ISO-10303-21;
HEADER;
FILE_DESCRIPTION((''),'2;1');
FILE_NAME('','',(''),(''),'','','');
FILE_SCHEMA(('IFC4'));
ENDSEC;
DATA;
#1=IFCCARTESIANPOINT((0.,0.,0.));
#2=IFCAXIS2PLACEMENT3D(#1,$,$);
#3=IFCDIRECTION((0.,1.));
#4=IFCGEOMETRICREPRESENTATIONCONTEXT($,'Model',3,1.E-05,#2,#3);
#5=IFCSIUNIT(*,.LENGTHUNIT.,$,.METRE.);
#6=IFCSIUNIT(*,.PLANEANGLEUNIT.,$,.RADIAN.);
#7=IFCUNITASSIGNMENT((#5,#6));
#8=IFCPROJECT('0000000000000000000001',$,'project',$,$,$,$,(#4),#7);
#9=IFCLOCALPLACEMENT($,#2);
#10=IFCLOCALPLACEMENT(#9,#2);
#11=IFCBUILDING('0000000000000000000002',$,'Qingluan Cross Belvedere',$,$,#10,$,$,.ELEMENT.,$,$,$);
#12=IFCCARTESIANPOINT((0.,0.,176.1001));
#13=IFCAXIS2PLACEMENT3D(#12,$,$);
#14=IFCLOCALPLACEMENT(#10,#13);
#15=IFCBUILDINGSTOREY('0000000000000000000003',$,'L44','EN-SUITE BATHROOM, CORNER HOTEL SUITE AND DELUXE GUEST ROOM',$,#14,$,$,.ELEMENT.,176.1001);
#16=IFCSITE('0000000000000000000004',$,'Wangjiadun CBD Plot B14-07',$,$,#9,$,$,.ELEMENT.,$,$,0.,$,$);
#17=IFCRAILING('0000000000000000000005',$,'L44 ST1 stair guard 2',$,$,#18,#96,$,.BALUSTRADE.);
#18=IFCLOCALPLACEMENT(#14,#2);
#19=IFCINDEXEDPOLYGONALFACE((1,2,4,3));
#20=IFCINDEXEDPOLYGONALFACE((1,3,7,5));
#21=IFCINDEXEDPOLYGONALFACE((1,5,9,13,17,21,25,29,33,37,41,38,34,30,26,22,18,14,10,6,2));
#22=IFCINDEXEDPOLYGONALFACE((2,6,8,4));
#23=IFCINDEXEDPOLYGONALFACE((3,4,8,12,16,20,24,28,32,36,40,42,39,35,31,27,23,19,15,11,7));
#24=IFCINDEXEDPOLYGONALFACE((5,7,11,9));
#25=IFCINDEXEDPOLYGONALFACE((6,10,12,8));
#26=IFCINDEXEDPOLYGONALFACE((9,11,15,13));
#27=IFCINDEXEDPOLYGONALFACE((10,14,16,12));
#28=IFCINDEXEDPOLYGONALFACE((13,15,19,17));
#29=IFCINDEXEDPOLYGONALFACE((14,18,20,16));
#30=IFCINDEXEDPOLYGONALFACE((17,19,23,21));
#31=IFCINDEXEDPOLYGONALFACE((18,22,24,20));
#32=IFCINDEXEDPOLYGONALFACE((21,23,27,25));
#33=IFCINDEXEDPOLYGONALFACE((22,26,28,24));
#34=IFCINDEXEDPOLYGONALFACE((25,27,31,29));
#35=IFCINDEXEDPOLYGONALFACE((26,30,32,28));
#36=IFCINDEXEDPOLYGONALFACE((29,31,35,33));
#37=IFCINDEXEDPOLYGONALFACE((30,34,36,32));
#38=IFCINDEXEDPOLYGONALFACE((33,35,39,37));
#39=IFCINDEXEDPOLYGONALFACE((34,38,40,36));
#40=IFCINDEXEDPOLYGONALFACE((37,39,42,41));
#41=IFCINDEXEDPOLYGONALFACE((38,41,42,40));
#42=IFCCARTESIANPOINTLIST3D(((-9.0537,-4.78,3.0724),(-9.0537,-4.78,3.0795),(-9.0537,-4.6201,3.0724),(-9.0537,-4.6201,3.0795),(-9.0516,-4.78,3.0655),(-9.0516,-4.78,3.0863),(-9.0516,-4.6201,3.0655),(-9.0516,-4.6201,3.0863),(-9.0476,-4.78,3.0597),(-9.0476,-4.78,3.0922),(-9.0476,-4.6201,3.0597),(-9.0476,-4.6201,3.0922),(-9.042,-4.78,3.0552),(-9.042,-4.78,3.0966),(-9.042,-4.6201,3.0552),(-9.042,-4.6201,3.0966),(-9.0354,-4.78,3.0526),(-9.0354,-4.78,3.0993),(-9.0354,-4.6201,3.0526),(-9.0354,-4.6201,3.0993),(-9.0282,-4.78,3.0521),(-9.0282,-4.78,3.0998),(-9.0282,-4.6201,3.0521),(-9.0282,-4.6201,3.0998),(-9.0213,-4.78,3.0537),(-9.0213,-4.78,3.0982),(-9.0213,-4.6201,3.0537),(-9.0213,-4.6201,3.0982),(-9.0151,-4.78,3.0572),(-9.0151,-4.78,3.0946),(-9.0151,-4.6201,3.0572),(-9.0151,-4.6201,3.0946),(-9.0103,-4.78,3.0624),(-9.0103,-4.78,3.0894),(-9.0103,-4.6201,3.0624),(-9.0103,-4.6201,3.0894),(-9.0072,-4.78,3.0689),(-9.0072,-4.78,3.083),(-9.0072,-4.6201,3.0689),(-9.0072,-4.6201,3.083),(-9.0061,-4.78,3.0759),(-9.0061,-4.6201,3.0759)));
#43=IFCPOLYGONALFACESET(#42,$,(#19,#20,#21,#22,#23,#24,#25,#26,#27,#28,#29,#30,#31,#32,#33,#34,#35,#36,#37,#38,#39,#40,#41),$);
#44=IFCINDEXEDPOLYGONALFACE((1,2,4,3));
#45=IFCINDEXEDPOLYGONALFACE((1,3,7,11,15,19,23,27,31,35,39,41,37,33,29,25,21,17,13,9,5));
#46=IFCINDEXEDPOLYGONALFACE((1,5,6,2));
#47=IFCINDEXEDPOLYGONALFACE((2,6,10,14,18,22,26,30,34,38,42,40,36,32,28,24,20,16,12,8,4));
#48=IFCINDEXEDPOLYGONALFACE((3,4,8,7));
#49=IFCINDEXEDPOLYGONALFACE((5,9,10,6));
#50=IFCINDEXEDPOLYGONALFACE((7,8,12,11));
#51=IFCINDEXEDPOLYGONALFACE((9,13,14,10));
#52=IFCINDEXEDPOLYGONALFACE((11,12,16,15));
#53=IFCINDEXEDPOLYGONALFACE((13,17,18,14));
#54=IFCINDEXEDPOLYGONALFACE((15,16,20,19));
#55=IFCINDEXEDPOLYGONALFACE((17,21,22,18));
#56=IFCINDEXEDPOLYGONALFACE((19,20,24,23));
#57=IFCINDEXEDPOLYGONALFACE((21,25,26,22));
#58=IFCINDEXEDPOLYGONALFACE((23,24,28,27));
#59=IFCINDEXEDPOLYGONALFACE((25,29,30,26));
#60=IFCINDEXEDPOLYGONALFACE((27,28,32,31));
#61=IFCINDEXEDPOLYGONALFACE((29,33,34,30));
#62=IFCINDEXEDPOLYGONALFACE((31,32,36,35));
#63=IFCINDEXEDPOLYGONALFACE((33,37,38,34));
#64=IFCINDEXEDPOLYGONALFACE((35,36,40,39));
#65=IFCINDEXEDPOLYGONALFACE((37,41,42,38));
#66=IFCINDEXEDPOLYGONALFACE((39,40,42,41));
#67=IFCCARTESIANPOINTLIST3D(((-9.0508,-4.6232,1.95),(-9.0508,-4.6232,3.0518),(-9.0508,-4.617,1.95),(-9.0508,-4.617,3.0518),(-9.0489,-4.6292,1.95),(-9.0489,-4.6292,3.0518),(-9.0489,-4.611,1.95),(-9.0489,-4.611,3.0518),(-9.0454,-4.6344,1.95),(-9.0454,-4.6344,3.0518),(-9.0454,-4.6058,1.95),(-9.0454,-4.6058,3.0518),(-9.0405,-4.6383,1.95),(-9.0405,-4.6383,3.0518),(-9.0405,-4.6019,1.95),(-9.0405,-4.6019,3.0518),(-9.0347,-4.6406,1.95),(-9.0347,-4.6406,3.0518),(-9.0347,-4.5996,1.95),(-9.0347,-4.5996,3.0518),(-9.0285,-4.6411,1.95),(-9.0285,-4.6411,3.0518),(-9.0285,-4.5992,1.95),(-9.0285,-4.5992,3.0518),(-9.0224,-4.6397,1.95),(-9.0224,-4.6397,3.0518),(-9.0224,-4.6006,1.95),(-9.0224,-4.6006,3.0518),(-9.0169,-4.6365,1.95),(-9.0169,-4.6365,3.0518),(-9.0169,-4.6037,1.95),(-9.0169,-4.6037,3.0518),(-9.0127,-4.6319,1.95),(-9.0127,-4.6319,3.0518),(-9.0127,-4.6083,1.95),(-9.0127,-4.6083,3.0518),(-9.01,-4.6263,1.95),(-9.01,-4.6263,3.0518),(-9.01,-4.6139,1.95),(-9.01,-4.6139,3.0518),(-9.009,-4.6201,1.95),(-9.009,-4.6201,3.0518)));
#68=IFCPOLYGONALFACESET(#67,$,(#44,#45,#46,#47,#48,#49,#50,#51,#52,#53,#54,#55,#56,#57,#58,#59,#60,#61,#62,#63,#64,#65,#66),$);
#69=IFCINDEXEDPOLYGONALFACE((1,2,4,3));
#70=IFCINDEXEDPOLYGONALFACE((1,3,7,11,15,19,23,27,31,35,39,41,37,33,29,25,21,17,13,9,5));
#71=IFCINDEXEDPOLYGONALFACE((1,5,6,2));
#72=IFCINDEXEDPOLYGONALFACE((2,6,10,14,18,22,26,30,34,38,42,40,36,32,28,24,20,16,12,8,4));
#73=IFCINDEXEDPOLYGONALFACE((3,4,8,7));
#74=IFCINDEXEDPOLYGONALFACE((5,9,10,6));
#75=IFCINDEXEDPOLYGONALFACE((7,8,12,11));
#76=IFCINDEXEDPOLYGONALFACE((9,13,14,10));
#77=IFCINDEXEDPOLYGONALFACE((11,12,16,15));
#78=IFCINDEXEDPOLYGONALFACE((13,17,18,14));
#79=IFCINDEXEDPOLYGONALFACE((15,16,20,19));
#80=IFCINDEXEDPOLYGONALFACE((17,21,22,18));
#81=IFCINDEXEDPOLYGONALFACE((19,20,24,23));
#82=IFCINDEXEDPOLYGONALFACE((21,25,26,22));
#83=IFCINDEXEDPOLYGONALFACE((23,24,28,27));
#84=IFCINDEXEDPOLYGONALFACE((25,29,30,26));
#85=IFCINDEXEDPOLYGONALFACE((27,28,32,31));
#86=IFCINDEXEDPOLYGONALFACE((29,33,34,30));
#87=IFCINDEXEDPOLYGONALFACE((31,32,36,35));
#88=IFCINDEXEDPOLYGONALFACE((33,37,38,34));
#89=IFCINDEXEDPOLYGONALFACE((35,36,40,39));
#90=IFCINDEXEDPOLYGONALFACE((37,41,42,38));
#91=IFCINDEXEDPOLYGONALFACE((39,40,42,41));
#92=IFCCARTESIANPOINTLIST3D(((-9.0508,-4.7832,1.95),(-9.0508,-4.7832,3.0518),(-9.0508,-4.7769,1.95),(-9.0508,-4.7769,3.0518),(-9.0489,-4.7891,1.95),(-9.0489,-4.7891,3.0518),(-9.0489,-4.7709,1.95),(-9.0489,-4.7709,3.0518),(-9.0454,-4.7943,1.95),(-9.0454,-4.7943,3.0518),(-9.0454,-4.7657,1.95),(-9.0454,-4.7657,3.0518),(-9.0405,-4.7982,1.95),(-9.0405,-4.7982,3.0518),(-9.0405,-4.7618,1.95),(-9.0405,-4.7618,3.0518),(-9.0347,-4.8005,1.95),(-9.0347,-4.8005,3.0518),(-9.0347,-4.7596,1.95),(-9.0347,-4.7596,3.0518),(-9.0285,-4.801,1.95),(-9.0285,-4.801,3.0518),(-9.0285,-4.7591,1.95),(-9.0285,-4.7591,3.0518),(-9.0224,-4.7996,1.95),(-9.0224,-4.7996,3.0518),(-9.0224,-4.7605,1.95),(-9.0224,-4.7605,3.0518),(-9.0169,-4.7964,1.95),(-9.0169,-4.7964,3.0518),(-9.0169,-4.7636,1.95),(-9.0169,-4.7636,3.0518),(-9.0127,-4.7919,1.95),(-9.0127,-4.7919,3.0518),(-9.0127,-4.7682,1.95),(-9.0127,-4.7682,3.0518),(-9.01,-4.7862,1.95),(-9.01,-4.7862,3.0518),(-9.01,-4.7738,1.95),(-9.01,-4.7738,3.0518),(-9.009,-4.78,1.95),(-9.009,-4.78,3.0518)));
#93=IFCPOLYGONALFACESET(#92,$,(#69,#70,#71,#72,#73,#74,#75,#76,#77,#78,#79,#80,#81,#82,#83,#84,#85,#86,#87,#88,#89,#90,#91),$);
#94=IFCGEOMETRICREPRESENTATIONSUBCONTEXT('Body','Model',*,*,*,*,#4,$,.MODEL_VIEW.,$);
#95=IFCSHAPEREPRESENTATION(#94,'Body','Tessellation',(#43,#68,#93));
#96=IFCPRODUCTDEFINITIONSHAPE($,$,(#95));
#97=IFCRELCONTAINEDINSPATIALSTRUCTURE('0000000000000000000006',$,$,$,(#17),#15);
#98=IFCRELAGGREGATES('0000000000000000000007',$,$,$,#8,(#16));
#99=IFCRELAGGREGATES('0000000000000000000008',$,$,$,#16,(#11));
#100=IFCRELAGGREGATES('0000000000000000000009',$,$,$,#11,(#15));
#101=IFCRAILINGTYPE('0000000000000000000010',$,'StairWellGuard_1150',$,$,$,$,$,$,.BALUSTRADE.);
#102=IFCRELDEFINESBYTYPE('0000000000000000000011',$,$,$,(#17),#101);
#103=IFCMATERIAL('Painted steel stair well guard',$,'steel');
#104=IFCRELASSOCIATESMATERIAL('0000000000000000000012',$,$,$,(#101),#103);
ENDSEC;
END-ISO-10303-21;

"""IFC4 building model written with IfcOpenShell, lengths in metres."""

from ifc_helpers import new_model, si_unit, direction, frame, origin, origin_2d, place, context, subcontext, project, spatial, circle, extrude, material, type_object, element, save


model = new_model("IFC4")

# Units and contexts
model_context = context("Model", 3, precision=1e-05, world=origin(), true_north=direction((0.0, 1.0)))
body_context = subcontext(model_context, "Body", "Model", "MODEL_VIEW")
ifc_project = project(units=[si_unit("LENGTHUNIT", "METRE"), si_unit("PLANEANGLEUNIT", "RADIAN")], contexts=[model_context])

# Site, building, storey
site_placement = place(None, origin())
site = spatial("IfcSite", under=ifc_project, at=site_placement, Name="Wangjiadun CBD Plot B14-07", CompositionType="ELEMENT", RefElevation=0.0)
building_placement = place(site_placement, origin())
building = spatial("IfcBuilding", under=site, at=building_placement, Name="Qingluan Cross Belvedere", CompositionType="ELEMENT")
storey_placement = place(building_placement, frame((0.0, 0.0, 176.1001)))
storey = spatial("IfcBuildingStorey", under=building, at=storey_placement, Name="L44", Description="EN-SUITE BATHROOM, CORNER HOTEL SUITE AND DELUXE GUEST ROOM", CompositionType="ELEMENT", Elevation=176.1001)

# Railing
ifc_material_1 = material(Name="Painted steel stair well guard", Category="steel")
railing_type_1 = type_object("IfcRailingType", Name="StairWellGuard_1150", PredefinedType="BALUSTRADE", material=ifc_material_1)
railing_1_placement = place(storey_placement, frame((-9.03, -4.6201, 1.95)))
element("IfcRailing", 1, at=railing_1_placement, inside=storey, type_object=railing_type_1, Name="L44 ST1 stair guard 2", PredefinedType="BALUSTRADE", context=body_context, shape_type="SweptSolid", body=[
    extrude(circle(Radius=0.0239, at=origin_2d()), frame((0.0, 0.0, 1.126), z_axis=(0.0, -1.0, 0.0), x_axis=(1.0, 0.0, 0.0)), (0.0, 0.0, 1.0), 0.1599),
    extrude(circle(Radius=0.021, at=origin_2d()), origin(), (0.0, 0.0, 1.0), 1.1018),
    extrude(circle(Radius=0.021, at=origin_2d()), frame((0.0, -0.1599, 0.0)), (0.0, 0.0, 1.0), 1.1018),
])

save(model, "model.ifc")
